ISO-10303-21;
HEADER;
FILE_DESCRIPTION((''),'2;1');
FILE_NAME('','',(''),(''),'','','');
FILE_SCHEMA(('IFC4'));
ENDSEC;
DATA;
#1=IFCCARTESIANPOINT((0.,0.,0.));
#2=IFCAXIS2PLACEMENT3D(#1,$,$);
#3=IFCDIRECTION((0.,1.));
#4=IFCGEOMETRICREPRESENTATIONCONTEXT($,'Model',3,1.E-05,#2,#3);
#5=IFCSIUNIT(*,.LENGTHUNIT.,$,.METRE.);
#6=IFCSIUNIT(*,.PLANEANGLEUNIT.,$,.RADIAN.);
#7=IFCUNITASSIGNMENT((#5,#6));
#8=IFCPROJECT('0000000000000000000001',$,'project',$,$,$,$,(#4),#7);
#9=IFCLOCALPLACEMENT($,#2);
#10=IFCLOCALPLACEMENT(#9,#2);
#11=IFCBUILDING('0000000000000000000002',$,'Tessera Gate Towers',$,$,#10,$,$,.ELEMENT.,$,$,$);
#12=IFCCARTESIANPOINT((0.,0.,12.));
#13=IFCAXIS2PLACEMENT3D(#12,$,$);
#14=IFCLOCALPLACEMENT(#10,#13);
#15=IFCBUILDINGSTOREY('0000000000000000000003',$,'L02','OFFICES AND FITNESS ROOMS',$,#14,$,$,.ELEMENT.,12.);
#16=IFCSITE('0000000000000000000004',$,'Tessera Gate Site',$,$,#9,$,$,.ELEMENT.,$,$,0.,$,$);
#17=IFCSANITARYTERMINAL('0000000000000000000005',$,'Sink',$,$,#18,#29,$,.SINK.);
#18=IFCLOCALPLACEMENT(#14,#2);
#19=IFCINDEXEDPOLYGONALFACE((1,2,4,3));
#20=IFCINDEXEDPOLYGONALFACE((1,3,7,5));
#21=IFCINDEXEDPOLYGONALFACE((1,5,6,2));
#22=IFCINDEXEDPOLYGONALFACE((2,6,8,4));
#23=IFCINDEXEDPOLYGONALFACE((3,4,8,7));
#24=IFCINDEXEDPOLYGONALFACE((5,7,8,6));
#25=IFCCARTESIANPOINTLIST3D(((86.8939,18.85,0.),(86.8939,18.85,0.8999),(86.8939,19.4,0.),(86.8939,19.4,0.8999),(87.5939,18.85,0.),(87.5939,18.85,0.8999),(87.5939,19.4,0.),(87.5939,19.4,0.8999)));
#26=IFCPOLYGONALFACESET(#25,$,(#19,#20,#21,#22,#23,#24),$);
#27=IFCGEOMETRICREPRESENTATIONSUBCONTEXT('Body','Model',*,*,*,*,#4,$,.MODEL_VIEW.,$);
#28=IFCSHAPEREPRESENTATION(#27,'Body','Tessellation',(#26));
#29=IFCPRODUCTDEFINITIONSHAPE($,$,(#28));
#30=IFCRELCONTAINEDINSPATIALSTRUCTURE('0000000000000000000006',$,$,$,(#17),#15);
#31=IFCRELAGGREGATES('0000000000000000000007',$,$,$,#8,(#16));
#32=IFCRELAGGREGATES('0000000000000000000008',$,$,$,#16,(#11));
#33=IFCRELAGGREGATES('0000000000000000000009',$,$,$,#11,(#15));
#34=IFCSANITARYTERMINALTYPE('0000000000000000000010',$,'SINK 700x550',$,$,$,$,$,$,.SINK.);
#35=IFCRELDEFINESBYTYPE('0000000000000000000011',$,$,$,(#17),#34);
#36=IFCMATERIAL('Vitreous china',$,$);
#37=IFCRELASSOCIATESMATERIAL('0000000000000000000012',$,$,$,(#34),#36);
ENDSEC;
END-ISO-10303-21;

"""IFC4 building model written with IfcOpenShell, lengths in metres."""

from ifc_helpers import new_model, si_unit, direction, frame, origin, origin_2d, place, context, subcontext, project, spatial, rectangle, extrude, material, type_object, element, save


model = new_model("IFC4")

# Units and contexts
model_context = context("Model", 3, precision=1e-05, world=origin(), true_north=direction((0.0, 1.0)))
body_context = subcontext(model_context, "Body", "Model", "MODEL_VIEW")
ifc_project = project(units=[si_unit("LENGTHUNIT", "METRE"), si_unit("PLANEANGLEUNIT", "RADIAN")], contexts=[model_context])

# Site, building, storey
site_placement = place(None, origin())
site = spatial("IfcSite", under=ifc_project, at=site_placement, Name="Tessera Gate Site", CompositionType="ELEMENT", RefElevation=0.0)
building_placement = place(site_placement, origin())
building = spatial("IfcBuilding", under=site, at=building_placement, Name="Tessera Gate Towers", CompositionType="ELEMENT")
storey_placement = place(building_placement, frame((0.0, 0.0, 12.0)))
storey = spatial("IfcBuildingStorey", under=building, at=storey_placement, Name="L02", Description="OFFICES AND FITNESS ROOMS", CompositionType="ELEMENT", Elevation=12.0)

# Sanitary terminal
ifc_material_1 = material(Name="Vitreous china")
sanitary_terminal_type = type_object("IfcSanitaryTerminalType", Name="SINK 700x550", PredefinedType="SINK", material=ifc_material_1)
sanitary_terminal_placement = place(storey_placement, frame((87.2439, 19.125, 0.0), z_axis=(0.0, 0.0, 1.0), x_axis=(1.0, 0.0, 0.0)))
element("IfcSanitaryTerminal", 1, at=sanitary_terminal_placement, inside=storey, type_object=sanitary_terminal_type, Name="Sink", PredefinedType="SINK", context=body_context, shape_type="SweptSolid", body=[
    extrude(rectangle(XDim=0.7, YDim=0.55, at=origin_2d()), origin(), (0.0, 0.0, 1.0), 0.8999),
])

save(model, "model.ifc")
